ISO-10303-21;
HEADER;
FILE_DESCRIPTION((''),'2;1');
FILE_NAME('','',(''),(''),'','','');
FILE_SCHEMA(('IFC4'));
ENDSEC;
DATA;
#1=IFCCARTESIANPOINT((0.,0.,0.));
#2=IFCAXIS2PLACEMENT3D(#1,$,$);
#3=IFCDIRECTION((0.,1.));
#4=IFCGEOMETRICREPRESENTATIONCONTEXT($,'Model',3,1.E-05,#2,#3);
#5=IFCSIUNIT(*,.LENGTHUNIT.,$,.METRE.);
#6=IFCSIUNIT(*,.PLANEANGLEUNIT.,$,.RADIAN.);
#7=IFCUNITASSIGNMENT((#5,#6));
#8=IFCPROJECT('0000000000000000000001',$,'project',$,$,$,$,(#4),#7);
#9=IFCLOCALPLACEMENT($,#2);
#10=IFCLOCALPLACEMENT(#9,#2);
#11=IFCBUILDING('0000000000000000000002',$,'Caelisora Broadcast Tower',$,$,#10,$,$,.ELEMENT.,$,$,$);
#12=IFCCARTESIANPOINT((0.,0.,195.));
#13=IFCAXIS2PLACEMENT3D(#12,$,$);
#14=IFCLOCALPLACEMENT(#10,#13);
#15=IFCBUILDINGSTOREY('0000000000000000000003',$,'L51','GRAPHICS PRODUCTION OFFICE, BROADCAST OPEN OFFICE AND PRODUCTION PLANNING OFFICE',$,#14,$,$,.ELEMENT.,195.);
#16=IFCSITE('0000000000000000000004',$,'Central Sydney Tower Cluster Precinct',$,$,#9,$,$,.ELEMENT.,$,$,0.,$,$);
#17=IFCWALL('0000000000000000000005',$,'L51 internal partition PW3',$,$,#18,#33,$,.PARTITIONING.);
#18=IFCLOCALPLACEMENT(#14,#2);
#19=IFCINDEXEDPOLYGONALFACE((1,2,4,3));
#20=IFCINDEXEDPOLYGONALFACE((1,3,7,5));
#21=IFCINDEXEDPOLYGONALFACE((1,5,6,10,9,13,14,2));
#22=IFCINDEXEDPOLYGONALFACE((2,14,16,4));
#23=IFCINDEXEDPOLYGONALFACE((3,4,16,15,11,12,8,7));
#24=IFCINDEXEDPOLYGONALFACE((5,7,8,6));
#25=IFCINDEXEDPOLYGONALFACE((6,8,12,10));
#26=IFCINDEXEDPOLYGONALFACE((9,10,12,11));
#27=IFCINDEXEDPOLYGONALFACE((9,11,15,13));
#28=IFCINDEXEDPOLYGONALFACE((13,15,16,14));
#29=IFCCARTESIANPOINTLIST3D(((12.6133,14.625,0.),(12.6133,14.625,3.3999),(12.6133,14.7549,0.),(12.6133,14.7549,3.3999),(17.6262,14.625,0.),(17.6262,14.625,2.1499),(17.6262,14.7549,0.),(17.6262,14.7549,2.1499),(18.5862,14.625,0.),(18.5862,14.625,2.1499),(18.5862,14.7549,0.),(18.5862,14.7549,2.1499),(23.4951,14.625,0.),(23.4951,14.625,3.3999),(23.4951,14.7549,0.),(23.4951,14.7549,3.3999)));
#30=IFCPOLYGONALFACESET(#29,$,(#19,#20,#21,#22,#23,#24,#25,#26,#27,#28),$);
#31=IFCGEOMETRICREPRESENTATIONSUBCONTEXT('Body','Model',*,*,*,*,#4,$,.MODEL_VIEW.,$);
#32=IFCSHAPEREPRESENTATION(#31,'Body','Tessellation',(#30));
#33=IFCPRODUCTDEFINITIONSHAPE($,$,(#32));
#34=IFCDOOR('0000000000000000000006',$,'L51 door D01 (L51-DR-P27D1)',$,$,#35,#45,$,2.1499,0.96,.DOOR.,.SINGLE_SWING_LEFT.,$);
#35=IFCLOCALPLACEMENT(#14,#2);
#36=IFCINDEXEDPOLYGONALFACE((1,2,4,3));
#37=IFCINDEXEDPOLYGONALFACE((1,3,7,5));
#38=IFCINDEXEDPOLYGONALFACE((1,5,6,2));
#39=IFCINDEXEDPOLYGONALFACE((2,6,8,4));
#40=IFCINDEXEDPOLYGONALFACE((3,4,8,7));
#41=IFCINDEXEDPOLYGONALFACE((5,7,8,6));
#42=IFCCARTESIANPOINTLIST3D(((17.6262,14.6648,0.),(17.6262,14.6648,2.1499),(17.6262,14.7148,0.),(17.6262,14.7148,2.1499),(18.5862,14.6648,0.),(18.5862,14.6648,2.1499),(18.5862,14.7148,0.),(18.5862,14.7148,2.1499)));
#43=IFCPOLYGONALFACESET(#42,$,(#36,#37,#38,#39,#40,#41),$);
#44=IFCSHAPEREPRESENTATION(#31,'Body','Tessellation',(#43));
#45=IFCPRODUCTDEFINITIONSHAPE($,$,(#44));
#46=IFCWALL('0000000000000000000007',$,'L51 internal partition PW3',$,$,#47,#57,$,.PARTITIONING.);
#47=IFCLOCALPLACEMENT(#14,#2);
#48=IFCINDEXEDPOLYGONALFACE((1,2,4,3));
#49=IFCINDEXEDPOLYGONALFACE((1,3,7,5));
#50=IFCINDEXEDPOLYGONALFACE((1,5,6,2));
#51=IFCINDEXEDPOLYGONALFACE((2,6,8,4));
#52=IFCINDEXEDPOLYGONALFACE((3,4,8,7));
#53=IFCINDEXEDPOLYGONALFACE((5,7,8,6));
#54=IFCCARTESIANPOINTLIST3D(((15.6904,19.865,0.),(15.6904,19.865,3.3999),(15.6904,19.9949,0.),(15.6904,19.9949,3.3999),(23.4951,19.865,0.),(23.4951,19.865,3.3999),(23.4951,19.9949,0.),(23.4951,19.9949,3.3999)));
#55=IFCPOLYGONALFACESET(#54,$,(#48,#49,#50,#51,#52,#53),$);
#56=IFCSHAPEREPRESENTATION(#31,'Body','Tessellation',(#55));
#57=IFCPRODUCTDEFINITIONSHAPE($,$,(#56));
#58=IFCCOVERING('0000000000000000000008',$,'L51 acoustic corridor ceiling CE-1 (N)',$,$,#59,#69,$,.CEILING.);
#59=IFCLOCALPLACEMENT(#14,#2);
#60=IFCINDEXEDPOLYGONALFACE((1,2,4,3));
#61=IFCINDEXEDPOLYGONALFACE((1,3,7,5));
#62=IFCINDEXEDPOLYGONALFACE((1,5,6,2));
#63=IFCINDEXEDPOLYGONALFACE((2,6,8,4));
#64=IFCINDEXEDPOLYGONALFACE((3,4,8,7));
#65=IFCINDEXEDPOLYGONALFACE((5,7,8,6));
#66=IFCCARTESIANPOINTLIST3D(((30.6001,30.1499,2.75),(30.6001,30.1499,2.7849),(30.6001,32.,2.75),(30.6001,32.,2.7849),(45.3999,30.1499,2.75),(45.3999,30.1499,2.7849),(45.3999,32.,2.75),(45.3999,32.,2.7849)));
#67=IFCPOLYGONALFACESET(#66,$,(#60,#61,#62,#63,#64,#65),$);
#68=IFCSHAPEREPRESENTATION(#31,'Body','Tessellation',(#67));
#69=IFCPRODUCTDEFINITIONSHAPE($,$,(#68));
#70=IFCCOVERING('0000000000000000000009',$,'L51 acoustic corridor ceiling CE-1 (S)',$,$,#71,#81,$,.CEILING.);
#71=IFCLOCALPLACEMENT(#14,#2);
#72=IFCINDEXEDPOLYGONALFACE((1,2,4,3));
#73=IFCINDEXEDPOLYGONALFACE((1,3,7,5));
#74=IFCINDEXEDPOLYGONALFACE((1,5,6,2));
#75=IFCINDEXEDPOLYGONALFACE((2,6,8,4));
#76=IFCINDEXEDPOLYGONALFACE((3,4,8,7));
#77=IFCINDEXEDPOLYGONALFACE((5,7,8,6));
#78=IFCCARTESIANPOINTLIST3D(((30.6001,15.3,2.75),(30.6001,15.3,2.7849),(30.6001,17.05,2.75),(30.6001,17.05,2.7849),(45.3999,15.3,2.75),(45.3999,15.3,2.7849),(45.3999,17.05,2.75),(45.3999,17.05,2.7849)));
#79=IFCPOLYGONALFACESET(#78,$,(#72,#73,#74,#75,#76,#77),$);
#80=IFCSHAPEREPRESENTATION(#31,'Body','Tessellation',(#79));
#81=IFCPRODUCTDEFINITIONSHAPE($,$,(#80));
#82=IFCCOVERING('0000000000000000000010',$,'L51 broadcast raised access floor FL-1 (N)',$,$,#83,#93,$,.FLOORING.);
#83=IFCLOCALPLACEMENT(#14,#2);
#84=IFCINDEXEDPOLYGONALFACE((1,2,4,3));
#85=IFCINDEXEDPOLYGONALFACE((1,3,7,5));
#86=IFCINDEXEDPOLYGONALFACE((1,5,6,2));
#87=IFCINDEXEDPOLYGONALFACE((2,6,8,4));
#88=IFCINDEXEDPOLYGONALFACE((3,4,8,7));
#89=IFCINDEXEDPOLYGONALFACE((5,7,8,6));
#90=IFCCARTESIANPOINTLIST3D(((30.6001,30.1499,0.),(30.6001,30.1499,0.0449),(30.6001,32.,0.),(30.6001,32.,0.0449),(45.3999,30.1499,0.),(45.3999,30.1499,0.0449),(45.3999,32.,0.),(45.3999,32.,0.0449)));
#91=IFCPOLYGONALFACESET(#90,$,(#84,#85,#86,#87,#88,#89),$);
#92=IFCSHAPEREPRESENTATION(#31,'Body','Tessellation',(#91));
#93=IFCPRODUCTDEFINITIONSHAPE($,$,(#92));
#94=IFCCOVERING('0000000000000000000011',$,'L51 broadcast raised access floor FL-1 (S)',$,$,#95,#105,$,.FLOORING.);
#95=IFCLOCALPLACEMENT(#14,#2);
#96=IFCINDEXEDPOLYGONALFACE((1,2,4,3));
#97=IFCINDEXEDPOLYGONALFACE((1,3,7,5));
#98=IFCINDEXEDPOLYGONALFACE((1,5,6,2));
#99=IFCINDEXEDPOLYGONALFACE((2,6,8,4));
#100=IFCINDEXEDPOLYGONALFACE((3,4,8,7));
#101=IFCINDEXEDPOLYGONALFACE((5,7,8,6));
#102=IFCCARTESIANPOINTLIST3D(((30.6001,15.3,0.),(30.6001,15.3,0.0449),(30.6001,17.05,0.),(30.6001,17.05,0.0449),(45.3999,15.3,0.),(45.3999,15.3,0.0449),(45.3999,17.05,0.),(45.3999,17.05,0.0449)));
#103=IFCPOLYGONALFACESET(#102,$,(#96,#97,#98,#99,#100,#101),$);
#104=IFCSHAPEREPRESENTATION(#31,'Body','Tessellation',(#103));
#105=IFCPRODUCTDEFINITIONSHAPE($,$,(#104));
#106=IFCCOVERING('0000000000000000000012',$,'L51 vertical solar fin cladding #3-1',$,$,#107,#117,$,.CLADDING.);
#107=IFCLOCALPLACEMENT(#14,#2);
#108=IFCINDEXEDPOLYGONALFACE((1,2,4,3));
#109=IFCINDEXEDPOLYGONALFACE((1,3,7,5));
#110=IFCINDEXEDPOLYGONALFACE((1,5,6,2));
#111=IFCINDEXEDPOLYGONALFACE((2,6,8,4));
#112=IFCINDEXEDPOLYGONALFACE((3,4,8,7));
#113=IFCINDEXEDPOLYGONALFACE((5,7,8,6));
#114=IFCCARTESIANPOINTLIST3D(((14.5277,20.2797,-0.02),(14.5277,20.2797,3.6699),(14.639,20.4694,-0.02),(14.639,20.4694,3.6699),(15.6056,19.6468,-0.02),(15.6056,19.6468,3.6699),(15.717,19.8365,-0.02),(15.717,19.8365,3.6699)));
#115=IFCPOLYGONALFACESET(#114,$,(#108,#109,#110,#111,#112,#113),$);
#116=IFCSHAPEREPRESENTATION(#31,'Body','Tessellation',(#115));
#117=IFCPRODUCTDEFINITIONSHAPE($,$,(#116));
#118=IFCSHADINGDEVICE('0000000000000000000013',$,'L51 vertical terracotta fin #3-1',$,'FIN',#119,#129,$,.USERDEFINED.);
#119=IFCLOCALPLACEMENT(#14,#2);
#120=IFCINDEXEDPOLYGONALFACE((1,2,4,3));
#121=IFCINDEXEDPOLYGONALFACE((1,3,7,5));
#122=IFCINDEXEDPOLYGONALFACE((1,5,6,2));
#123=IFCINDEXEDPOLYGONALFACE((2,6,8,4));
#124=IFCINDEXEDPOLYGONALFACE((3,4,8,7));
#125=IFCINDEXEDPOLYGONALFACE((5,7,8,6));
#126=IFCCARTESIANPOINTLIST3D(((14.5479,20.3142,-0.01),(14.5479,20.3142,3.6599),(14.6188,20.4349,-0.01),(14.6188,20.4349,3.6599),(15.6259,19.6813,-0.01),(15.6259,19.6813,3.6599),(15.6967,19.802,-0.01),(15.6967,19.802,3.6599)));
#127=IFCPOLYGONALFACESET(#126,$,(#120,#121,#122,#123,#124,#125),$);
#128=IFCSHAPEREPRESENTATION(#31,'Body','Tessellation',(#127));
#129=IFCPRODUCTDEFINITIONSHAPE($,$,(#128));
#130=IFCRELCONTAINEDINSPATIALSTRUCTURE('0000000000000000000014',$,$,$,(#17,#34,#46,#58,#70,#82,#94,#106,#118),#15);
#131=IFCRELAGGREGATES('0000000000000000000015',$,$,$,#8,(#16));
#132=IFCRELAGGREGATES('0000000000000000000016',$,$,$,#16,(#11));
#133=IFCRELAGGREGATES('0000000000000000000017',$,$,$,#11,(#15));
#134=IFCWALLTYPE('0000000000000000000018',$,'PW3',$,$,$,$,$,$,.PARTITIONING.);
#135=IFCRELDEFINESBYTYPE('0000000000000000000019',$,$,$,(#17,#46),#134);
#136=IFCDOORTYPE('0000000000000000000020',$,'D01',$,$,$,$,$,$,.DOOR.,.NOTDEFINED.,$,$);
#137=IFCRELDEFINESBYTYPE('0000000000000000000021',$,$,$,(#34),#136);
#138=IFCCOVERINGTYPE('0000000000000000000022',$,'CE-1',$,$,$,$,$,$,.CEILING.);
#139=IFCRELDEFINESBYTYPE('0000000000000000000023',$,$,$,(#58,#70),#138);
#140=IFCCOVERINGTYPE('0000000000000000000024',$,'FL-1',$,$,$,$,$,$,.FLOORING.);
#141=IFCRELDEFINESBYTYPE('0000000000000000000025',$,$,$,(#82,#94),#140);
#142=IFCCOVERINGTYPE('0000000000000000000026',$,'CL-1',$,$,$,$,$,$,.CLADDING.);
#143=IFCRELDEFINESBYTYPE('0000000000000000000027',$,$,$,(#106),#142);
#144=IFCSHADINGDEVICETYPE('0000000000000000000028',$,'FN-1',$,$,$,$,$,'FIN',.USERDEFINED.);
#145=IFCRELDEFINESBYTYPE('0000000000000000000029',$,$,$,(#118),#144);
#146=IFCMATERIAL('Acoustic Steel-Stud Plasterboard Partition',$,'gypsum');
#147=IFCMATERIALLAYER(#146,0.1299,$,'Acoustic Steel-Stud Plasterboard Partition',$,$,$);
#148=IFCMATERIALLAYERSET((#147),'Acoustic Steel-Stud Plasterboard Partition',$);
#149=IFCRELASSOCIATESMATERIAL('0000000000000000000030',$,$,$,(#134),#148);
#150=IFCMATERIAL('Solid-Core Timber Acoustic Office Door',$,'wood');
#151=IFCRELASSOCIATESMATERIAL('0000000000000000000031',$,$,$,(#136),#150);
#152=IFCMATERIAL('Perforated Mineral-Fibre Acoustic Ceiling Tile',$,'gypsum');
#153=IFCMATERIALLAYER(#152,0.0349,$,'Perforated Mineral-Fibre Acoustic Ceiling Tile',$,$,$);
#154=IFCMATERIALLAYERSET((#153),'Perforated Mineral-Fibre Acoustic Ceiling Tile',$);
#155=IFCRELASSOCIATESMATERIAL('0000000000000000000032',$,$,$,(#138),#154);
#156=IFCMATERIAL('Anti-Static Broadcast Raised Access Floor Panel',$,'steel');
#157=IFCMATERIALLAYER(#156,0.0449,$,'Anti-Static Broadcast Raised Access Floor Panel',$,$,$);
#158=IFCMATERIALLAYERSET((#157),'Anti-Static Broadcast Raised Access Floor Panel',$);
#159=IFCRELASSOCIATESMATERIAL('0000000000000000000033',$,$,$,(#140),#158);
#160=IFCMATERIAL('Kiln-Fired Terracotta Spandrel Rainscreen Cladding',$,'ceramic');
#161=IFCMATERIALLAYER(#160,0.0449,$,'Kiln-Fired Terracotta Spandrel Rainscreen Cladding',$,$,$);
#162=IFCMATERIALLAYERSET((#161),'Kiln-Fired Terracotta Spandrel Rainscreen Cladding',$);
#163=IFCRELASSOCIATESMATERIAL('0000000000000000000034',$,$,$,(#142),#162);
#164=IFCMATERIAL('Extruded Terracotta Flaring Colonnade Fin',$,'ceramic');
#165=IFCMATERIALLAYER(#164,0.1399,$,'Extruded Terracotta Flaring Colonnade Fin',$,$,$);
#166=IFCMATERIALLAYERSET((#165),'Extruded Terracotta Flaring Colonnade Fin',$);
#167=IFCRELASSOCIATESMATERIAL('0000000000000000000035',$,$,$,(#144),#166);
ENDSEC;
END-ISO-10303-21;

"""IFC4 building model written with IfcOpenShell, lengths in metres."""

from ifc_helpers import new_model, si_unit, direction, frame, frame_2d, origin, origin_2d, place, context, subcontext, project, spatial, polyline, rectangle, outline, extrude, source, transform, mapped, material, layer, layer_set, type_object, type_shapes, element, fill, save


model = new_model("IFC4")

# Units and contexts
model_context = context("Model", 3, precision=1e-05, world=origin(), true_north=direction((0.0, 1.0)))
body_context = subcontext(model_context, "Body", "Model", "MODEL_VIEW")
ifc_project = project(units=[si_unit("LENGTHUNIT", "METRE"), si_unit("PLANEANGLEUNIT", "RADIAN")], contexts=[model_context])

# Site, building, storey
site_placement = place(None, origin())
site = spatial("IfcSite", under=ifc_project, at=site_placement, Name="Central Sydney Tower Cluster Precinct", CompositionType="ELEMENT", RefElevation=0.0)
building_placement = place(site_placement, origin())
building = spatial("IfcBuilding", under=site, at=building_placement, Name="Caelisora Broadcast Tower", CompositionType="ELEMENT")
storey_placement = place(building_placement, frame((0.0, 0.0, 195.0)))
storey = spatial("IfcBuildingStorey", under=building, at=storey_placement, Name="L51", Description="GRAPHICS PRODUCTION OFFICE, BROADCAST OPEN OFFICE AND PRODUCTION PLANNING OFFICE", CompositionType="ELEMENT", Elevation=195.0)

# Wall, opening, door
ifc_material_1 = material(Name="Acoustic Steel-Stud Plasterboard Partition", Category="gypsum")
ifc_layer_1 = layer(ifc_material_1, 0.1299, Name="Acoustic Steel-Stud Plasterboard Partition")
ifc_layer_set_1 = layer_set([ifc_layer_1], Name="Acoustic Steel-Stud Plasterboard Partition")
wall_type_1 = type_object("IfcWallType", Name="PW3", PredefinedType="PARTITIONING", material=ifc_layer_set_1)
ifc_material_2 = material(Name="Solid-Core Timber Acoustic Office Door", Category="wood")
door_type = type_object("IfcDoorType", Name="D01", OperationType="NOTDEFINED", PredefinedType="DOOR", material=ifc_material_2)
wall_1_placement = place(storey_placement, frame((12.6133, 14.6899, 0.0), z_axis=(0.0, 0.0, 1.0), x_axis=(1.0, 0.0, 0.0)))
wall_1 = element("IfcWall", 1, at=wall_1_placement, inside=storey, type_object=wall_type_1, Name="L51 internal partition PW3", PredefinedType="PARTITIONING", context=body_context, shape_type="SweptSolid", body=[
    extrude(rectangle(XDim=10.8818, YDim=0.1299, at=frame_2d((5.4409, 0.0))), origin(), (0.0, 0.0, 1.0), 3.3999),
])
opening_1_placement = place(wall_1_placement, frame((5.0129, 0.0, 0.0)))
opening_1 = element("IfcOpeningElement", 2, at=opening_1_placement, cuts=wall_1, PredefinedType="OPENING", context=body_context, shape_type="SweptSolid", body=[
    extrude(rectangle(XDim=0.96, YDim=2.1499, at=frame_2d((0.48, 1.075))), frame((0.0, 0.0769, 0.0), z_axis=(0.0, -1.0, 0.0), x_axis=(1.0, 0.0, 0.0)), (0.0, 0.0, 1.0), 0.1538),
])
door_1_placement = place(opening_1_placement, origin())
door_1 = element("IfcDoor", 3, at=door_1_placement, inside=storey, type_object=door_type, Name="L51 door D01 (L51-DR-P27D1)", OperationType="SINGLE_SWING_LEFT", OverallHeight=2.1499, OverallWidth=0.96, PredefinedType="DOOR", context=body_context, shape_type="SweptSolid", body=[
    extrude(rectangle(XDim=0.96, YDim=2.1499, at=frame_2d((0.48, 1.075))), frame((0.0, 0.0249, 0.0), z_axis=(0.0, -1.0, 0.0), x_axis=(1.0, 0.0, 0.0)), (0.0, 0.0, 1.0), 0.05),
])
fill(opening_1, door_1)

# Wall
wall_2_placement = place(storey_placement, frame((15.6904, 19.9299, 0.0), z_axis=(0.0, 0.0, 1.0), x_axis=(1.0, 0.0, 0.0)))
element("IfcWall", 4, at=wall_2_placement, inside=storey, type_object=wall_type_1, Name="L51 internal partition PW3", PredefinedType="PARTITIONING", context=body_context, shape_type="SweptSolid", body=[
    extrude(rectangle(XDim=7.8047, YDim=0.1299, at=frame_2d((3.9023, 0.0))), origin(), (0.0, 0.0, 1.0), 3.3999),
])

# Coverings
ifc_material_3 = material(Name="Perforated Mineral-Fibre Acoustic Ceiling Tile", Category="gypsum")
ifc_layer_2 = layer(ifc_material_3, 0.0349, Name="Perforated Mineral-Fibre Acoustic Ceiling Tile")
ifc_layer_set_2 = layer_set([ifc_layer_2], Name="Perforated Mineral-Fibre Acoustic Ceiling Tile")
covering_type_1 = type_object("IfcCoveringType", Name="CE-1", PredefinedType="CEILING", material=ifc_layer_set_2)
covering_1_placement = place(storey_placement, frame((0.0, 0.0, 2.75)))
element("IfcCovering", 5, at=covering_1_placement, inside=storey, type_object=covering_type_1, Name="L51 acoustic corridor ceiling CE-1 (N)", PredefinedType="CEILING", context=body_context, shape_type="SweptSolid", body=[
    extrude(outline(polyline([(30.6001, 30.1499), (45.3999, 30.1499), (45.3999, 32.0), (30.6001, 32.0), (30.6001, 30.1499)])), origin(), (0.0, 0.0, 1.0), 0.0349),
])
covering_2_placement = place(storey_placement, frame((0.0, 0.0, 2.75)))
element("IfcCovering", 6, at=covering_2_placement, inside=storey, type_object=covering_type_1, Name="L51 acoustic corridor ceiling CE-1 (S)", PredefinedType="CEILING", context=body_context, shape_type="SweptSolid", body=[
    extrude(outline(polyline([(30.6001, 15.3), (45.3999, 15.3), (45.3999, 17.05), (30.6001, 17.05), (30.6001, 15.3)])), origin(), (0.0, 0.0, 1.0), 0.0349),
])
ifc_material_4 = material(Name="Anti-Static Broadcast Raised Access Floor Panel", Category="steel")
ifc_layer_3 = layer(ifc_material_4, 0.0449, Name="Anti-Static Broadcast Raised Access Floor Panel")
ifc_layer_set_3 = layer_set([ifc_layer_3], Name="Anti-Static Broadcast Raised Access Floor Panel")
covering_type_2 = type_object("IfcCoveringType", Name="FL-1", PredefinedType="FLOORING", material=ifc_layer_set_3)
covering_3_placement = place(storey_placement, origin())
element("IfcCovering", 7, at=covering_3_placement, inside=storey, type_object=covering_type_2, Name="L51 broadcast raised access floor FL-1 (N)", PredefinedType="FLOORING", context=body_context, shape_type="SweptSolid", body=[
    extrude(outline(polyline([(30.6001, 30.1499), (45.3999, 30.1499), (45.3999, 32.0), (30.6001, 32.0), (30.6001, 30.1499)])), origin(), (0.0, 0.0, 1.0), 0.0449),
])
covering_4_placement = place(storey_placement, origin())
element("IfcCovering", 8, at=covering_4_placement, inside=storey, type_object=covering_type_2, Name="L51 broadcast raised access floor FL-1 (S)", PredefinedType="FLOORING", context=body_context, shape_type="SweptSolid", body=[
    extrude(outline(polyline([(30.6001, 15.3), (45.3999, 15.3), (45.3999, 17.05), (30.6001, 17.05), (30.6001, 15.3)])), origin(), (0.0, 0.0, 1.0), 0.0449),
])
ifc_material_5 = material(Name="Kiln-Fired Terracotta Spandrel Rainscreen Cladding", Category="ceramic")
ifc_layer_4 = layer(ifc_material_5, 0.0449, Name="Kiln-Fired Terracotta Spandrel Rainscreen Cladding")
ifc_layer_set_4 = layer_set([ifc_layer_4], Name="Kiln-Fired Terracotta Spandrel Rainscreen Cladding")
covering_type_3 = type_object("IfcCoveringType", Name="CL-1", PredefinedType="CLADDING", material=ifc_layer_set_4)
shared_shape_1 = source(origin(), body_context, "Body", "SweptSolid", [
    extrude(rectangle(XDim=0.22, YDim=1.25, at=origin_2d()), origin(), (0.0, 0.0, 1.0), 3.6899),
])
type_shapes(covering_type_3, [shared_shape_1])
covering_5_placement = place(storey_placement, frame((15.1223, 20.0581, -0.02), z_axis=(0.0, 0.0, 1.0), x_axis=(0.506335, 0.862337, 0.0)))
element("IfcCovering", 9, at=covering_5_placement, inside=storey, type_object=covering_type_3, Name="L51 vertical solar fin cladding #3-1", PredefinedType="CLADDING", context=body_context, shape_type="MappedRepresentation", body=[
    mapped(shared_shape_1, transform((0.0, 0.0, 0.0), scale=1.0)),
])

# Shading device
ifc_material_6 = material(Name="Extruded Terracotta Flaring Colonnade Fin", Category="ceramic")
ifc_layer_5 = layer(ifc_material_6, 0.1399, Name="Extruded Terracotta Flaring Colonnade Fin")
ifc_layer_set_5 = layer_set([ifc_layer_5], Name="Extruded Terracotta Flaring Colonnade Fin")
shading_device_type = type_object("IfcShadingDeviceType", Name="FN-1", ElementType="FIN", PredefinedType="USERDEFINED", material=ifc_layer_set_5)
shared_shape_2 = source(origin(), body_context, "Body", "SweptSolid", [
    extrude(rectangle(XDim=0.1399, YDim=1.25, at=origin_2d()), origin(), (0.0, 0.0, 1.0), 3.6699),
])
type_shapes(shading_device_type, [shared_shape_2])
shading_device_placement = place(storey_placement, frame((15.1223, 20.0581, -0.01), z_axis=(0.0, 0.0, 1.0), x_axis=(0.506335, 0.862337, 0.0)))
element("IfcShadingDevice", 10, at=shading_device_placement, inside=storey, type_object=shading_device_type, Name="L51 vertical terracotta fin #3-1", ObjectType="FIN", PredefinedType="USERDEFINED", context=body_context, shape_type="MappedRepresentation", body=[
    mapped(shared_shape_2, transform((0.0, 0.0, 0.0), scale=1.0)),
])

save(model, "model.ifc")
